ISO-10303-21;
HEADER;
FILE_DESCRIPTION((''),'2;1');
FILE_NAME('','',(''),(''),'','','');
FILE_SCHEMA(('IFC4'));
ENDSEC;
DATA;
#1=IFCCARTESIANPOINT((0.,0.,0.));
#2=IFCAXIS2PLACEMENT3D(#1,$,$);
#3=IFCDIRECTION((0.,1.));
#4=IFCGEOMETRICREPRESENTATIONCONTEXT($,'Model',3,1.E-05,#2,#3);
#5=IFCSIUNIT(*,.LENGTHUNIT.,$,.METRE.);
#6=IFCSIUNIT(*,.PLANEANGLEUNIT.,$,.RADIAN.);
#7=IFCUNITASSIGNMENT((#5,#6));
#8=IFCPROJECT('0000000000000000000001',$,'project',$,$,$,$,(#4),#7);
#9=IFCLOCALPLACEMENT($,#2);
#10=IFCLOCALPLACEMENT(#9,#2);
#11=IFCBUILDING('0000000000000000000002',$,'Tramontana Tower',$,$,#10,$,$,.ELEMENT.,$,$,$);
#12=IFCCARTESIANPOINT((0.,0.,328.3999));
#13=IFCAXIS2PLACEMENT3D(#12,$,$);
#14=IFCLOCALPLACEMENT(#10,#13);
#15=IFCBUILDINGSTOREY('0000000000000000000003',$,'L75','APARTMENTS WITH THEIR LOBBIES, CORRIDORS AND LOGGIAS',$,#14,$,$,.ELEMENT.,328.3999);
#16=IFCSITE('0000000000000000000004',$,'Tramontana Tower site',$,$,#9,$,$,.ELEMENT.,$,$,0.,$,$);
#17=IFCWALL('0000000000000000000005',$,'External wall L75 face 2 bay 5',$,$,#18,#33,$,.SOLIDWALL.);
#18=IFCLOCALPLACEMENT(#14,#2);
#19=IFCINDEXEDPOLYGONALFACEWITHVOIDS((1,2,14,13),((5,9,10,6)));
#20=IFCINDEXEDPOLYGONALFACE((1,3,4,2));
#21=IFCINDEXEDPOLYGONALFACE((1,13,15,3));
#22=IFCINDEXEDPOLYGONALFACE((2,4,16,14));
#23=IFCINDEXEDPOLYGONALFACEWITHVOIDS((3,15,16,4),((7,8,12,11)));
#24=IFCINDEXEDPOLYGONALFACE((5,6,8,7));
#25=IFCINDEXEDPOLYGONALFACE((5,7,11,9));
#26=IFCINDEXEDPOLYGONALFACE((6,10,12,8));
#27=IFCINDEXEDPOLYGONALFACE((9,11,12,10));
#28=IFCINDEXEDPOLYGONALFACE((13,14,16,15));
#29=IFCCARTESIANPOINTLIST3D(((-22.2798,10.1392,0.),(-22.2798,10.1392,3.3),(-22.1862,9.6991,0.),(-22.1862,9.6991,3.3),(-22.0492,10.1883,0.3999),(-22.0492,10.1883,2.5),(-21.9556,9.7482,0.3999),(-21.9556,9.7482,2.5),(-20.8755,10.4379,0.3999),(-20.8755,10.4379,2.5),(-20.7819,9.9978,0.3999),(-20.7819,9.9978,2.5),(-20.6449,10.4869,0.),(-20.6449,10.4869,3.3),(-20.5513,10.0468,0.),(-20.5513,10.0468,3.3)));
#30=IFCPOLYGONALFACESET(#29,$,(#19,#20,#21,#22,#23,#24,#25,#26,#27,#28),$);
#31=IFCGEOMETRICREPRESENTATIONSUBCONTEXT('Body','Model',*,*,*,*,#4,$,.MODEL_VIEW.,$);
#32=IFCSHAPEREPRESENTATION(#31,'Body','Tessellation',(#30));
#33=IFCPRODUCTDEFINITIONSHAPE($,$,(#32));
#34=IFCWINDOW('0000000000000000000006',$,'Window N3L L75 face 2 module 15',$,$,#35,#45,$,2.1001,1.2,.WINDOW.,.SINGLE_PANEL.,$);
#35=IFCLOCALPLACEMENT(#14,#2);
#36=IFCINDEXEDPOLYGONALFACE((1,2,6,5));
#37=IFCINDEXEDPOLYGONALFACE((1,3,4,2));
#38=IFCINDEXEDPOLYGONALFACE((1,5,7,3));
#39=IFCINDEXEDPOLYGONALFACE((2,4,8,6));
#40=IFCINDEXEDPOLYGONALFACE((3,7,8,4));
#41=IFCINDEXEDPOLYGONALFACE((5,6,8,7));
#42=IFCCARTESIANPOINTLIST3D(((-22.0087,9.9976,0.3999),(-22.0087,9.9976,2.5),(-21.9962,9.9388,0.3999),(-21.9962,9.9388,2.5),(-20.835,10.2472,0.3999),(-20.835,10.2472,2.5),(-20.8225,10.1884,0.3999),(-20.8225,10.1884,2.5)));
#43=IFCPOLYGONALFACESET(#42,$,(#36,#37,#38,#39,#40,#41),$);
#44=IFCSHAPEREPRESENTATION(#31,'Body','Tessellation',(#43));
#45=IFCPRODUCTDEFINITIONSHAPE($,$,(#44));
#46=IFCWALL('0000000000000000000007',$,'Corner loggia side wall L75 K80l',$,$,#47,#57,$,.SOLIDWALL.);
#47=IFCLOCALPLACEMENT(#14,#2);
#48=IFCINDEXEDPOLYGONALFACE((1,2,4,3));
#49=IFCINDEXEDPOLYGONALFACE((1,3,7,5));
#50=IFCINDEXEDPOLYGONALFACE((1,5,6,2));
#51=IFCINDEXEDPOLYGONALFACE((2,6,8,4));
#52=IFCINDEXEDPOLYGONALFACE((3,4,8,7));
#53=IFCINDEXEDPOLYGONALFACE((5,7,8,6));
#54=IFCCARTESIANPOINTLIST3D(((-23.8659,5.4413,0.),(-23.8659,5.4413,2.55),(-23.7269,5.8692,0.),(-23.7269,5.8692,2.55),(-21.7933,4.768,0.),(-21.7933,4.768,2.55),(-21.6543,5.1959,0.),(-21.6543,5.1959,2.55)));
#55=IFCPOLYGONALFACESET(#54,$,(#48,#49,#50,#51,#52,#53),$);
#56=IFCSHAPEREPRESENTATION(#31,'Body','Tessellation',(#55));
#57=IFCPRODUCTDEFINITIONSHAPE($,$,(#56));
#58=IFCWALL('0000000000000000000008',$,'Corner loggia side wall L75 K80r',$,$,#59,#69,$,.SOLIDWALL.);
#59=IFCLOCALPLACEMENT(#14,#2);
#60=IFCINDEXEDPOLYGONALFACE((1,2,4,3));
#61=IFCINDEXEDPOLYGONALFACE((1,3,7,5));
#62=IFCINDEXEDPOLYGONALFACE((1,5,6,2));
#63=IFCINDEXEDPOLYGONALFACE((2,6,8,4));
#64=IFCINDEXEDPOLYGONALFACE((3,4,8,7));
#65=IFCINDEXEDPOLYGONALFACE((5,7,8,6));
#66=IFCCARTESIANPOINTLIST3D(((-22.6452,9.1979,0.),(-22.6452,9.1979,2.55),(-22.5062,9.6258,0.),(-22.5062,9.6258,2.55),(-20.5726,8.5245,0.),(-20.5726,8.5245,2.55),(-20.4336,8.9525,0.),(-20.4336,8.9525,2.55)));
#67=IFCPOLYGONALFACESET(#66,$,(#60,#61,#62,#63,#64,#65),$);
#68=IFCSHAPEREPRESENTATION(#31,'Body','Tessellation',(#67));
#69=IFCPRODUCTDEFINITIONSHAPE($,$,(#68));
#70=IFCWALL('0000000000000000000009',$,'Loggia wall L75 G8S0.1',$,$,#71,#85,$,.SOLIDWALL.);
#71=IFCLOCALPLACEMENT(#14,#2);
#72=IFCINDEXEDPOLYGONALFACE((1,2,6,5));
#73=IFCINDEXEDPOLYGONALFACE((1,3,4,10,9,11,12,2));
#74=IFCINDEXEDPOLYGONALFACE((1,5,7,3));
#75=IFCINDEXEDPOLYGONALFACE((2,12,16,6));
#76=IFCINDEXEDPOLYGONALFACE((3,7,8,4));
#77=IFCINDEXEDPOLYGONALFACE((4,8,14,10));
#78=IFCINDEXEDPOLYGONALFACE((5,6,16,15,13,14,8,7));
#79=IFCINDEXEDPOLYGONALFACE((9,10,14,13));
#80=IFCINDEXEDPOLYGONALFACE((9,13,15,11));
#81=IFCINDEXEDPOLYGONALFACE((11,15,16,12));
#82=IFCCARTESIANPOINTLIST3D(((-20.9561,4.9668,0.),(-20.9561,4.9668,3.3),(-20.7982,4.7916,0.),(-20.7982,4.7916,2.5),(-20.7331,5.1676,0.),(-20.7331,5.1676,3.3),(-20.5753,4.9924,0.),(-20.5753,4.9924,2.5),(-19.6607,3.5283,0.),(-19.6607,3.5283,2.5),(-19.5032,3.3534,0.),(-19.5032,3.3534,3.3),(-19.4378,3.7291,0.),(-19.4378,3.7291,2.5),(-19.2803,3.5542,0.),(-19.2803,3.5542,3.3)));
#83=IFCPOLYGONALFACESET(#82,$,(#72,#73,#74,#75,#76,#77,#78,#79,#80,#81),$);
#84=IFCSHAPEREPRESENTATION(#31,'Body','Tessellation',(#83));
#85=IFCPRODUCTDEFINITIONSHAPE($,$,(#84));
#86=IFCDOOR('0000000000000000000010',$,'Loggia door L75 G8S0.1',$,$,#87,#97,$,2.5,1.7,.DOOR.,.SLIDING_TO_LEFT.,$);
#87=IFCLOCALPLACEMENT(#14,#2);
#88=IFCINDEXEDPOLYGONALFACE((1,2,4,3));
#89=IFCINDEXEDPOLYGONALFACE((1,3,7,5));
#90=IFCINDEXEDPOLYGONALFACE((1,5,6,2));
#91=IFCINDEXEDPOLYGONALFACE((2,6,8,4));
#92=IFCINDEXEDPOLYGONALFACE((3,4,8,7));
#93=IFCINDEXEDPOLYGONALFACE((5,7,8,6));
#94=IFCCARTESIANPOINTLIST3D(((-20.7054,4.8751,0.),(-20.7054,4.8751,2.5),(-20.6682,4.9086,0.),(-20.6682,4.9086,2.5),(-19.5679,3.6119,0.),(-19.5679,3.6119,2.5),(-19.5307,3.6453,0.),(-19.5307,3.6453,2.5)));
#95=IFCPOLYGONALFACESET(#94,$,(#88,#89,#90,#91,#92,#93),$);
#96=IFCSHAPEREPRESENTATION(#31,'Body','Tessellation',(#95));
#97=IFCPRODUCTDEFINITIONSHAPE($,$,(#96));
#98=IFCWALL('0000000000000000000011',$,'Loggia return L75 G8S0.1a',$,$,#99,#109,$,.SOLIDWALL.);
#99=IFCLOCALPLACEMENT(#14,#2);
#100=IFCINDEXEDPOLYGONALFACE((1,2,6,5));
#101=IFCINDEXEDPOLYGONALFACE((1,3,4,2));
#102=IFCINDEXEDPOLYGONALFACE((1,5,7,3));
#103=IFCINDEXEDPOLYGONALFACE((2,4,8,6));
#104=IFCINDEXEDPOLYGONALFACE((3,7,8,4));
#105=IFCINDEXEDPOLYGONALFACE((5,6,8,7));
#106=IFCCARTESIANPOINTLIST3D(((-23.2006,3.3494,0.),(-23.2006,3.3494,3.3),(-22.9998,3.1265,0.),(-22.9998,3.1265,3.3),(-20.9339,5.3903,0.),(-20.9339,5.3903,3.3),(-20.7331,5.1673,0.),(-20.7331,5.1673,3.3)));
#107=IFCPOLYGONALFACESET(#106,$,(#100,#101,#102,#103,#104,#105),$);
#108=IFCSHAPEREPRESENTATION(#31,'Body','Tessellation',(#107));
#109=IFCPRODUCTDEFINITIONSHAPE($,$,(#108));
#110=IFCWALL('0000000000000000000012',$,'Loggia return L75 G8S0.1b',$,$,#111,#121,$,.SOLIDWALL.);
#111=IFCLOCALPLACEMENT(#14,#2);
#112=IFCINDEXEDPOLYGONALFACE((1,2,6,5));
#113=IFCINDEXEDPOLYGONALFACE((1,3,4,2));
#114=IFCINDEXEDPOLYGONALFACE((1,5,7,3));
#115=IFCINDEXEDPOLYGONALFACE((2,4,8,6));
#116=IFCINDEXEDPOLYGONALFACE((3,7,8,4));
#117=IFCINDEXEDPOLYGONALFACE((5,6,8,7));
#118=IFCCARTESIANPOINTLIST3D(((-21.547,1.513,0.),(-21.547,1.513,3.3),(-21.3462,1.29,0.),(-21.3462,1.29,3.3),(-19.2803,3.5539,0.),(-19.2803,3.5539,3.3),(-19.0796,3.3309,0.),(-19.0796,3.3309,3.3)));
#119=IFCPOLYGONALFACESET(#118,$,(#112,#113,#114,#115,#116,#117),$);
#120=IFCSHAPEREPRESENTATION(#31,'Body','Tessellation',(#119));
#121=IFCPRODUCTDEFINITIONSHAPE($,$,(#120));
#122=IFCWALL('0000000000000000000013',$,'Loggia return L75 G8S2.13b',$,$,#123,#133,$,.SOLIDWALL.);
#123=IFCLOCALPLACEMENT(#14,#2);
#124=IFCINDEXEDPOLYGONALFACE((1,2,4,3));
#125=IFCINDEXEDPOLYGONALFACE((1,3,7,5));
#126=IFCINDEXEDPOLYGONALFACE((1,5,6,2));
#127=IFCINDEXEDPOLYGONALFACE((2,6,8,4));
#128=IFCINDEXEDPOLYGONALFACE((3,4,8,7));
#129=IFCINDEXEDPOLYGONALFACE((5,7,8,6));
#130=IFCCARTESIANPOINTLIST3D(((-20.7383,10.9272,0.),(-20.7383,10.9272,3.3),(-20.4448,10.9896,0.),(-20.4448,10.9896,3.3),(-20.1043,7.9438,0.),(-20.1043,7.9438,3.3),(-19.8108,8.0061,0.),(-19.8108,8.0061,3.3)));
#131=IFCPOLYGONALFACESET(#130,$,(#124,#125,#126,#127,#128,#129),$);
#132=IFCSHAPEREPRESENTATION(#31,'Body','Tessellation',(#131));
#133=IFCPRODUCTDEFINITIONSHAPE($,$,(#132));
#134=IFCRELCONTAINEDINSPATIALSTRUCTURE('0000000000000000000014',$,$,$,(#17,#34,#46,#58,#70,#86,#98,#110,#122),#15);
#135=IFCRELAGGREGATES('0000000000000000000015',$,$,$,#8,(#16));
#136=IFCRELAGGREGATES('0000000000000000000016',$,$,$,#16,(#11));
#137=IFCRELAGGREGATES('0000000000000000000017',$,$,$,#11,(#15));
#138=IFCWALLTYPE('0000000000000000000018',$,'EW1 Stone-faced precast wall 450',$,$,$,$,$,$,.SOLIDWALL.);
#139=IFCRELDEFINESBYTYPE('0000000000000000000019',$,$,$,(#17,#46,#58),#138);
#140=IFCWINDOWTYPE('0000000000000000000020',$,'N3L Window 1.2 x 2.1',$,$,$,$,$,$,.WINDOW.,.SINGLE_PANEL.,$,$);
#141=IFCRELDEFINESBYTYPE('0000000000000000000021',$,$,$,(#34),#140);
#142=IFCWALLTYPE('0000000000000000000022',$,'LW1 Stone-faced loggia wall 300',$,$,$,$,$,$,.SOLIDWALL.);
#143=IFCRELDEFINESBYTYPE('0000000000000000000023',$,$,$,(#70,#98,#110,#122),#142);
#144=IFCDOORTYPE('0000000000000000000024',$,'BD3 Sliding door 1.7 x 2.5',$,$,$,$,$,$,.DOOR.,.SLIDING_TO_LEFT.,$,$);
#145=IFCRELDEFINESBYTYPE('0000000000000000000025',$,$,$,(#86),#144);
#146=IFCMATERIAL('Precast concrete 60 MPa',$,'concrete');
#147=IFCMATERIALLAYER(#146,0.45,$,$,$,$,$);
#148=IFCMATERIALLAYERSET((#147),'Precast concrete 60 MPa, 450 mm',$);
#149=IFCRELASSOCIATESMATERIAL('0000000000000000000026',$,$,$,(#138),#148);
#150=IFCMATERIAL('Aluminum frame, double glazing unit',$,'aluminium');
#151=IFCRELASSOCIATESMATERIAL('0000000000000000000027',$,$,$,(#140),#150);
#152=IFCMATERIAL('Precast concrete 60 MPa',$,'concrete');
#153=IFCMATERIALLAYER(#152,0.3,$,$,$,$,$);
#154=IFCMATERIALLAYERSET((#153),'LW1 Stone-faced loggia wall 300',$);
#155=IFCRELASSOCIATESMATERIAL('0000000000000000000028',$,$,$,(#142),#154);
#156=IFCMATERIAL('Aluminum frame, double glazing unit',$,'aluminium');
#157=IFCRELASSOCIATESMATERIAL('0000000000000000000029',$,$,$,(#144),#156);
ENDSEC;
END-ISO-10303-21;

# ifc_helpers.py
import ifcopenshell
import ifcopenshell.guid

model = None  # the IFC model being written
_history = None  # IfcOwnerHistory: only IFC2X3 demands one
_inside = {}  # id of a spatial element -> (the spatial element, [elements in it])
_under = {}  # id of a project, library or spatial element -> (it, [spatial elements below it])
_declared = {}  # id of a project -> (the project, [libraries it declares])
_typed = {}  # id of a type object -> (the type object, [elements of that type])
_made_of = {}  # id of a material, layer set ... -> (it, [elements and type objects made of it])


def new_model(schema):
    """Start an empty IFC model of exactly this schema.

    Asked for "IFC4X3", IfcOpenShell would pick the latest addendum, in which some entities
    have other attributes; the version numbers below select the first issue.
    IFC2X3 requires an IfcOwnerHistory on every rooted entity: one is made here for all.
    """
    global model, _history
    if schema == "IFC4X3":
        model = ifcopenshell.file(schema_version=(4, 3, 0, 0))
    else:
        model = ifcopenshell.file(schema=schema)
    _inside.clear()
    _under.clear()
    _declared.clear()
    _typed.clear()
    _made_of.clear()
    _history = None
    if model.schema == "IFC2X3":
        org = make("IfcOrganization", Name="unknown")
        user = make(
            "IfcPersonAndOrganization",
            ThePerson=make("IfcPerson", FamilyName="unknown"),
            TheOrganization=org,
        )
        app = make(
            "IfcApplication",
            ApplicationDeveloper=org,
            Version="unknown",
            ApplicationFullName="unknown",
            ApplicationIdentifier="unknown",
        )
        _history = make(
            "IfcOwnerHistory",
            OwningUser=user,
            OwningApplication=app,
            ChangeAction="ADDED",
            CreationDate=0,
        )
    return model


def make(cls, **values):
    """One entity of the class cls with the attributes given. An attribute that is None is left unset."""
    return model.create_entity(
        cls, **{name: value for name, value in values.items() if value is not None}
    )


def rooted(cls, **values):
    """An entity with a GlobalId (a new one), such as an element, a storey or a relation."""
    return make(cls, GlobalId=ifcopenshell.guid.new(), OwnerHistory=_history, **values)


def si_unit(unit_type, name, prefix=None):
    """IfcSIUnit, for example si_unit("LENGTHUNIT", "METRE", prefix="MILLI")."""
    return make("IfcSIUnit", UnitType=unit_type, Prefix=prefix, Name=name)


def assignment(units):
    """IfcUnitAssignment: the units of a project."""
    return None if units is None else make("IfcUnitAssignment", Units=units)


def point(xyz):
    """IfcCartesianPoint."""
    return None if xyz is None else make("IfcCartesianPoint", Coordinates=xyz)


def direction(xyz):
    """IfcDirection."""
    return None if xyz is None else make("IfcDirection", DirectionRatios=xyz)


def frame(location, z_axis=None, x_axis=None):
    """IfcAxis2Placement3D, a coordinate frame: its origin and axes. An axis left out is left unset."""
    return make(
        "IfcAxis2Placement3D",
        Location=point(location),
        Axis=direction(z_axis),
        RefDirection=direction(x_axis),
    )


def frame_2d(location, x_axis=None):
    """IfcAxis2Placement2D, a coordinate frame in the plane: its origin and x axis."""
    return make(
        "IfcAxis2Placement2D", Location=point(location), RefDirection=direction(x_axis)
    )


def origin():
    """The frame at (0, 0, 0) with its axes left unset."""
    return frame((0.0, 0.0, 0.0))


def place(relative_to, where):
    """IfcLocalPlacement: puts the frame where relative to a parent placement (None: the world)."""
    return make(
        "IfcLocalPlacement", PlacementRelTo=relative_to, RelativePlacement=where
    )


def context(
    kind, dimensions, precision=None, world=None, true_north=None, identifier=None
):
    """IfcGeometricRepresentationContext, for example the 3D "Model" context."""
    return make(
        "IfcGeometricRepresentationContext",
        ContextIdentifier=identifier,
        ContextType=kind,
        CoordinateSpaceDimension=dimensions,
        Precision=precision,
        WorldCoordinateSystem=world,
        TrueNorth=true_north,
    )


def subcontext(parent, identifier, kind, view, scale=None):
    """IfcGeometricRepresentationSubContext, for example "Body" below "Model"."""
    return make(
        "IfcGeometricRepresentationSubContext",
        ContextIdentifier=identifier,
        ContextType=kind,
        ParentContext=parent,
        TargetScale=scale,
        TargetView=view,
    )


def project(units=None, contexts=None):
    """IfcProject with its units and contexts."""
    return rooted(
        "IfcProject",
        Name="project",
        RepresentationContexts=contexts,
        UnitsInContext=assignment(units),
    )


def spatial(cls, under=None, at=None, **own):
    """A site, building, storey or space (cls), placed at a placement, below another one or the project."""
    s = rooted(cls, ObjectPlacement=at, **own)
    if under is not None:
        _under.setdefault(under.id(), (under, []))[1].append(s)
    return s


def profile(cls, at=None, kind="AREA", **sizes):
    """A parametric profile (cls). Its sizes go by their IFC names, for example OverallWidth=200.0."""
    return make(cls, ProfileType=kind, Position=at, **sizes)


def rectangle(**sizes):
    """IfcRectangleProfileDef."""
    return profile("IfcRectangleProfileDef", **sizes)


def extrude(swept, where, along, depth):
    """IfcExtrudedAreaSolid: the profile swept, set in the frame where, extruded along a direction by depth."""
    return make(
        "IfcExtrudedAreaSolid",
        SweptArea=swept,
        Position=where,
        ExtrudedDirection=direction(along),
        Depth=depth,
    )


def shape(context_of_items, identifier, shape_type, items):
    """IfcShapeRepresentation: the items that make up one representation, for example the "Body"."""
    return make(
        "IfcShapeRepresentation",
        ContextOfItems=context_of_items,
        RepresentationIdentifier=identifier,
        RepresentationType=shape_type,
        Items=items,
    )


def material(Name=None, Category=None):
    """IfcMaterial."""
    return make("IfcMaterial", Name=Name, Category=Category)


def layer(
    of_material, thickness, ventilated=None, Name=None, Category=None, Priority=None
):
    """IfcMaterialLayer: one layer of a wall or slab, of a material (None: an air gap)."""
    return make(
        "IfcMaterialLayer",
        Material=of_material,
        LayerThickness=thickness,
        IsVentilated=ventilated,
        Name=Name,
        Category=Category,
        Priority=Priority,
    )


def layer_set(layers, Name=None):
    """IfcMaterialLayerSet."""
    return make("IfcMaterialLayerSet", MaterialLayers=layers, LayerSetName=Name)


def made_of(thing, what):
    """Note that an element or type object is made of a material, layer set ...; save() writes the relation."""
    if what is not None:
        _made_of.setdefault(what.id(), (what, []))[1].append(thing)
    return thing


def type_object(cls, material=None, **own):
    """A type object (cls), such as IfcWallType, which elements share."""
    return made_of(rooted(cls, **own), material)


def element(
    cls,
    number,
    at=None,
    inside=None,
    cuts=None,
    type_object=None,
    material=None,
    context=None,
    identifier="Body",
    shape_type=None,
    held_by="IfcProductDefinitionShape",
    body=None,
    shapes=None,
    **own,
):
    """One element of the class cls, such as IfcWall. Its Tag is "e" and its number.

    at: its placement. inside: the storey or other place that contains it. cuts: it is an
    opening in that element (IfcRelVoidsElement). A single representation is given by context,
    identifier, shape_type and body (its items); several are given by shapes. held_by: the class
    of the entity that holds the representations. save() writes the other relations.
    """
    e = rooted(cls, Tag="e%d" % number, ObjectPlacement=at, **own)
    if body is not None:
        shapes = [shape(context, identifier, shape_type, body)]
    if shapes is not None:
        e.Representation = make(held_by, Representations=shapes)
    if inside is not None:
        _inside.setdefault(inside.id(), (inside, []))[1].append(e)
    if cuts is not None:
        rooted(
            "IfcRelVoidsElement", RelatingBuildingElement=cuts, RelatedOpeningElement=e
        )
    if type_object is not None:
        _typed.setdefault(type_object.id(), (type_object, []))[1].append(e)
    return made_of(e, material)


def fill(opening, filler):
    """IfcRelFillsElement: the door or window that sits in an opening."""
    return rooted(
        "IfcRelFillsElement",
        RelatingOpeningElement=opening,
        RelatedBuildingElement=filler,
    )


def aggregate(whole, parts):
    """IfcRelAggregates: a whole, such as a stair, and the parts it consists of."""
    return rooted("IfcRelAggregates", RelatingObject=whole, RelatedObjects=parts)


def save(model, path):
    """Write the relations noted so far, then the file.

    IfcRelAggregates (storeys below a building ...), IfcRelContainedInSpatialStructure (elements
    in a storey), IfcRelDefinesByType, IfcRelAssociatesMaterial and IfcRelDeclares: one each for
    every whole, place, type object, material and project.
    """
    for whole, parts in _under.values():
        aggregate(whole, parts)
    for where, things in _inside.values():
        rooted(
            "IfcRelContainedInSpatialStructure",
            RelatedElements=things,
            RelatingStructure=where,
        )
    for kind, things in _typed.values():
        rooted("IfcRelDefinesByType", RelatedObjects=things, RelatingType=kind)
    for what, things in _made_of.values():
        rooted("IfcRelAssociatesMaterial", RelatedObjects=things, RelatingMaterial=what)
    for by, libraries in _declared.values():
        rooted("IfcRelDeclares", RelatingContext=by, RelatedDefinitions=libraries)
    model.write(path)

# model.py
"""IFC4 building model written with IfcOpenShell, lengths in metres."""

from ifc_helpers import new_model, si_unit, direction, frame, frame_2d, origin, place, context, subcontext, project, spatial, rectangle, extrude, material, layer, layer_set, type_object, element, fill, save


model = new_model("IFC4")

# Units and contexts
model_context = context("Model", 3, precision=1e-05, world=origin(), true_north=direction((0.0, 1.0)))
body_context = subcontext(model_context, "Body", "Model", "MODEL_VIEW")
ifc_project = project(units=[si_unit("LENGTHUNIT", "METRE"), si_unit("PLANEANGLEUNIT", "RADIAN")], contexts=[model_context])

# Site, building, storey
site_placement = place(None, origin())
site = spatial("IfcSite", under=ifc_project, at=site_placement, Name="Tramontana Tower site", CompositionType="ELEMENT", RefElevation=0.0)
building_placement = place(site_placement, origin())
building = spatial("IfcBuilding", under=site, at=building_placement, Name="Tramontana Tower", CompositionType="ELEMENT")
storey_placement = place(building_placement, frame((0.0, 0.0, 328.3999)))
storey = spatial("IfcBuildingStorey", under=building, at=storey_placement, Name="L75", Description="APARTMENTS WITH THEIR LOBBIES, CORRIDORS AND LOGGIAS", CompositionType="ELEMENT", Elevation=328.3999)

# Wall, opening, window
ifc_material_1 = material(Name="Precast concrete 60 MPa", Category="concrete")
ifc_layer_1 = layer(ifc_material_1, 0.45)
ifc_layer_set_1 = layer_set([ifc_layer_1], Name="Precast concrete 60 MPa, 450 mm")
wall_type_1 = type_object("IfcWallType", Name="EW1 Stone-faced precast wall 450", PredefinedType="SOLIDWALL", material=ifc_layer_set_1)
ifc_material_2 = material(Name="Aluminum frame, double glazing unit", Category="aluminium")
window_type_1 = type_object("IfcWindowType", Name="N3L Window 1.2 x 2.1", PartitioningType="SINGLE_PANEL", PredefinedType="WINDOW", material=ifc_material_2)
wall_1_placement = place(storey_placement, frame((-20.5981, 10.2668, 0.0), z_axis=(0.0, 0.0, 1.0), x_axis=(-0.978126, -0.208012, 0.0)))
wall_1 = element("IfcWall", 1, at=wall_1_placement, inside=storey, type_object=wall_type_1, Name="External wall L75 face 2 bay 5", PredefinedType="SOLIDWALL", context=body_context, shape_type="SweptSolid", body=[
    extrude(rectangle(XDim=1.6714, YDim=0.45, at=frame_2d((0.8357, 0.0))), origin(), (0.0, 0.0, 1.0), 3.3),
])
opening_1_placement = place(wall_1_placement, frame((0.2356, 0.0, 0.3999)))
opening_1 = element("IfcOpeningElement", 2, at=opening_1_placement, cuts=wall_1, PredefinedType="OPENING", context=body_context, shape_type="SweptSolid", body=[
    extrude(rectangle(XDim=1.2, YDim=2.1001, at=frame_2d((0.6001, 1.05))), frame((0.0, 0.2349, 0.0), z_axis=(0.0, -1.0, 0.0), x_axis=(1.0, 0.0, 0.0)), (0.0, 0.0, 1.0), 0.47),
])
window_1_placement = place(opening_1_placement, origin())
window_1 = element("IfcWindow", 3, at=window_1_placement, inside=storey, type_object=window_type_1, Name="Window N3L L75 face 2 module 15", OverallHeight=2.1001, OverallWidth=1.2, PartitioningType="SINGLE_PANEL", PredefinedType="WINDOW", context=body_context, shape_type="SweptSolid", body=[
    extrude(rectangle(XDim=1.2, YDim=2.1001, at=frame_2d((0.6001, 1.05))), frame((0.0, 0.03, 0.0), z_axis=(0.0, -1.0, 0.0), x_axis=(1.0, 0.0, 0.0)), (0.0, 0.0, 1.0), 0.0601),
])
fill(opening_1, window_1)

# Walls
for number, where, z_axis, x_axis, name in (
    (4, (-23.7964, 5.6553, 0.0), (0.0, 0.0, 1.0), (0.951065, -0.308992, 0.0), "Corner loggia side wall L75 K80l"),
    (5, (-22.5757, 9.4119, 0.0), (0.0, 0.0, 1.0), (0.951065, -0.308992, 0.0), "Corner loggia side wall L75 K80r"),
):
    element("IfcWall", number, at=place(storey_placement, frame(where, z_axis=z_axis, x_axis=x_axis)), inside=storey, type_object=wall_type_1, Name=name, PredefinedType="SOLIDWALL", context=body_context, shape_type="SweptSolid", body=[
        extrude(rectangle(XDim=2.1792, YDim=0.45, at=frame_2d((1.0896, 0.0))), origin(), (0.0, 0.0, 1.0), 2.55),
    ])

# Wall, opening, door
ifc_material_3 = material(Name="Precast concrete 60 MPa", Category="concrete")
ifc_layer_2 = layer(ifc_material_3, 0.3)
ifc_layer_set_2 = layer_set([ifc_layer_2], Name="LW1 Stone-faced loggia wall 300")
wall_type_2 = type_object("IfcWallType", Name="LW1 Stone-faced loggia wall 300", PredefinedType="SOLIDWALL", material=ifc_layer_set_2)
wall_2_placement = place(storey_placement, frame((-20.8445, 5.0671, 0.0), z_axis=(0.0, 0.0, 1.0), x_axis=(0.669145, -0.743132, 0.0)))
wall_2 = element("IfcWall", 6, at=wall_2_placement, inside=storey, type_object=wall_type_2, Name="Loggia wall L75 G8S0.1", PredefinedType="SOLIDWALL", context=body_context, shape_type="SweptSolid", body=[
    extrude(rectangle(XDim=2.1711, YDim=0.3, at=frame_2d((1.0854, 0.0))), origin(), (0.0, 0.0, 1.0), 3.3),
])
opening_2_placement = place(wall_2_placement, frame((0.2356, 0.0, 0.0)))
opening_2 = element("IfcOpeningElement", 7, at=opening_2_placement, cuts=wall_2, PredefinedType="OPENING", context=body_context, shape_type="SweptSolid", body=[
    extrude(rectangle(XDim=1.7, YDim=2.5, at=frame_2d((0.8501, 1.25))), frame((0.0, 0.1599, 0.0), z_axis=(0.0, -1.0, 0.0), x_axis=(1.0, 0.0, 0.0)), (0.0, 0.0, 1.0), 0.3201),
])
ifc_material_4 = material(Name="Aluminum frame, double glazing unit", Category="aluminium")
door_type_1 = type_object("IfcDoorType", Name="BD3 Sliding door 1.7 x 2.5", OperationType="SLIDING_TO_LEFT", PredefinedType="DOOR", material=ifc_material_4)
door_1_placement = place(opening_2_placement, origin())
door_1 = element("IfcDoor", 8, at=door_1_placement, inside=storey, type_object=door_type_1, Name="Loggia door L75 G8S0.1", OperationType="SLIDING_TO_LEFT", OverallHeight=2.5, OverallWidth=1.7, PredefinedType="DOOR", context=body_context, shape_type="SweptSolid", body=[
    extrude(rectangle(XDim=1.7, YDim=2.5, at=frame_2d((0.8501, 1.25))), frame((0.0, 0.0249, 0.0), z_axis=(0.0, -1.0, 0.0), x_axis=(1.0, 0.0, 0.0)), (0.0, 0.0, 1.0), 0.05),
])
fill(opening_2, door_1)

# Walls
for number, where, z_axis, x_axis, name in (
    (9, (-23.1001, 3.238, 0.0), (0.0, 0.0, 1.0), (0.743159, 0.669115, 0.0), "Loggia return L75 G8S0.1a"),
    (10, (-21.4465, 1.4016, 0.0), (0.0, 0.0, 1.0), (0.743159, 0.669115, 0.0), "Loggia return L75 G8S0.1b"),
    (11, (-20.5916, 10.9583, 0.0), (0.0, 0.0, 1.0), (0.207878, -0.978155, 0.0), "Loggia return L75 G8S2.13b"),
):
    element("IfcWall", number, at=place(storey_placement, frame(where, z_axis=z_axis, x_axis=x_axis)), inside=storey, type_object=wall_type_2, Name=name, PredefinedType="SOLIDWALL", context=body_context, shape_type="SweptSolid", body=[
        extrude(rectangle(XDim=3.05, YDim=0.3, at=frame_2d((1.5249, 0.0))), origin(), (0.0, 0.0, 1.0), 3.3),
    ])

save(model, "model.ifc")
